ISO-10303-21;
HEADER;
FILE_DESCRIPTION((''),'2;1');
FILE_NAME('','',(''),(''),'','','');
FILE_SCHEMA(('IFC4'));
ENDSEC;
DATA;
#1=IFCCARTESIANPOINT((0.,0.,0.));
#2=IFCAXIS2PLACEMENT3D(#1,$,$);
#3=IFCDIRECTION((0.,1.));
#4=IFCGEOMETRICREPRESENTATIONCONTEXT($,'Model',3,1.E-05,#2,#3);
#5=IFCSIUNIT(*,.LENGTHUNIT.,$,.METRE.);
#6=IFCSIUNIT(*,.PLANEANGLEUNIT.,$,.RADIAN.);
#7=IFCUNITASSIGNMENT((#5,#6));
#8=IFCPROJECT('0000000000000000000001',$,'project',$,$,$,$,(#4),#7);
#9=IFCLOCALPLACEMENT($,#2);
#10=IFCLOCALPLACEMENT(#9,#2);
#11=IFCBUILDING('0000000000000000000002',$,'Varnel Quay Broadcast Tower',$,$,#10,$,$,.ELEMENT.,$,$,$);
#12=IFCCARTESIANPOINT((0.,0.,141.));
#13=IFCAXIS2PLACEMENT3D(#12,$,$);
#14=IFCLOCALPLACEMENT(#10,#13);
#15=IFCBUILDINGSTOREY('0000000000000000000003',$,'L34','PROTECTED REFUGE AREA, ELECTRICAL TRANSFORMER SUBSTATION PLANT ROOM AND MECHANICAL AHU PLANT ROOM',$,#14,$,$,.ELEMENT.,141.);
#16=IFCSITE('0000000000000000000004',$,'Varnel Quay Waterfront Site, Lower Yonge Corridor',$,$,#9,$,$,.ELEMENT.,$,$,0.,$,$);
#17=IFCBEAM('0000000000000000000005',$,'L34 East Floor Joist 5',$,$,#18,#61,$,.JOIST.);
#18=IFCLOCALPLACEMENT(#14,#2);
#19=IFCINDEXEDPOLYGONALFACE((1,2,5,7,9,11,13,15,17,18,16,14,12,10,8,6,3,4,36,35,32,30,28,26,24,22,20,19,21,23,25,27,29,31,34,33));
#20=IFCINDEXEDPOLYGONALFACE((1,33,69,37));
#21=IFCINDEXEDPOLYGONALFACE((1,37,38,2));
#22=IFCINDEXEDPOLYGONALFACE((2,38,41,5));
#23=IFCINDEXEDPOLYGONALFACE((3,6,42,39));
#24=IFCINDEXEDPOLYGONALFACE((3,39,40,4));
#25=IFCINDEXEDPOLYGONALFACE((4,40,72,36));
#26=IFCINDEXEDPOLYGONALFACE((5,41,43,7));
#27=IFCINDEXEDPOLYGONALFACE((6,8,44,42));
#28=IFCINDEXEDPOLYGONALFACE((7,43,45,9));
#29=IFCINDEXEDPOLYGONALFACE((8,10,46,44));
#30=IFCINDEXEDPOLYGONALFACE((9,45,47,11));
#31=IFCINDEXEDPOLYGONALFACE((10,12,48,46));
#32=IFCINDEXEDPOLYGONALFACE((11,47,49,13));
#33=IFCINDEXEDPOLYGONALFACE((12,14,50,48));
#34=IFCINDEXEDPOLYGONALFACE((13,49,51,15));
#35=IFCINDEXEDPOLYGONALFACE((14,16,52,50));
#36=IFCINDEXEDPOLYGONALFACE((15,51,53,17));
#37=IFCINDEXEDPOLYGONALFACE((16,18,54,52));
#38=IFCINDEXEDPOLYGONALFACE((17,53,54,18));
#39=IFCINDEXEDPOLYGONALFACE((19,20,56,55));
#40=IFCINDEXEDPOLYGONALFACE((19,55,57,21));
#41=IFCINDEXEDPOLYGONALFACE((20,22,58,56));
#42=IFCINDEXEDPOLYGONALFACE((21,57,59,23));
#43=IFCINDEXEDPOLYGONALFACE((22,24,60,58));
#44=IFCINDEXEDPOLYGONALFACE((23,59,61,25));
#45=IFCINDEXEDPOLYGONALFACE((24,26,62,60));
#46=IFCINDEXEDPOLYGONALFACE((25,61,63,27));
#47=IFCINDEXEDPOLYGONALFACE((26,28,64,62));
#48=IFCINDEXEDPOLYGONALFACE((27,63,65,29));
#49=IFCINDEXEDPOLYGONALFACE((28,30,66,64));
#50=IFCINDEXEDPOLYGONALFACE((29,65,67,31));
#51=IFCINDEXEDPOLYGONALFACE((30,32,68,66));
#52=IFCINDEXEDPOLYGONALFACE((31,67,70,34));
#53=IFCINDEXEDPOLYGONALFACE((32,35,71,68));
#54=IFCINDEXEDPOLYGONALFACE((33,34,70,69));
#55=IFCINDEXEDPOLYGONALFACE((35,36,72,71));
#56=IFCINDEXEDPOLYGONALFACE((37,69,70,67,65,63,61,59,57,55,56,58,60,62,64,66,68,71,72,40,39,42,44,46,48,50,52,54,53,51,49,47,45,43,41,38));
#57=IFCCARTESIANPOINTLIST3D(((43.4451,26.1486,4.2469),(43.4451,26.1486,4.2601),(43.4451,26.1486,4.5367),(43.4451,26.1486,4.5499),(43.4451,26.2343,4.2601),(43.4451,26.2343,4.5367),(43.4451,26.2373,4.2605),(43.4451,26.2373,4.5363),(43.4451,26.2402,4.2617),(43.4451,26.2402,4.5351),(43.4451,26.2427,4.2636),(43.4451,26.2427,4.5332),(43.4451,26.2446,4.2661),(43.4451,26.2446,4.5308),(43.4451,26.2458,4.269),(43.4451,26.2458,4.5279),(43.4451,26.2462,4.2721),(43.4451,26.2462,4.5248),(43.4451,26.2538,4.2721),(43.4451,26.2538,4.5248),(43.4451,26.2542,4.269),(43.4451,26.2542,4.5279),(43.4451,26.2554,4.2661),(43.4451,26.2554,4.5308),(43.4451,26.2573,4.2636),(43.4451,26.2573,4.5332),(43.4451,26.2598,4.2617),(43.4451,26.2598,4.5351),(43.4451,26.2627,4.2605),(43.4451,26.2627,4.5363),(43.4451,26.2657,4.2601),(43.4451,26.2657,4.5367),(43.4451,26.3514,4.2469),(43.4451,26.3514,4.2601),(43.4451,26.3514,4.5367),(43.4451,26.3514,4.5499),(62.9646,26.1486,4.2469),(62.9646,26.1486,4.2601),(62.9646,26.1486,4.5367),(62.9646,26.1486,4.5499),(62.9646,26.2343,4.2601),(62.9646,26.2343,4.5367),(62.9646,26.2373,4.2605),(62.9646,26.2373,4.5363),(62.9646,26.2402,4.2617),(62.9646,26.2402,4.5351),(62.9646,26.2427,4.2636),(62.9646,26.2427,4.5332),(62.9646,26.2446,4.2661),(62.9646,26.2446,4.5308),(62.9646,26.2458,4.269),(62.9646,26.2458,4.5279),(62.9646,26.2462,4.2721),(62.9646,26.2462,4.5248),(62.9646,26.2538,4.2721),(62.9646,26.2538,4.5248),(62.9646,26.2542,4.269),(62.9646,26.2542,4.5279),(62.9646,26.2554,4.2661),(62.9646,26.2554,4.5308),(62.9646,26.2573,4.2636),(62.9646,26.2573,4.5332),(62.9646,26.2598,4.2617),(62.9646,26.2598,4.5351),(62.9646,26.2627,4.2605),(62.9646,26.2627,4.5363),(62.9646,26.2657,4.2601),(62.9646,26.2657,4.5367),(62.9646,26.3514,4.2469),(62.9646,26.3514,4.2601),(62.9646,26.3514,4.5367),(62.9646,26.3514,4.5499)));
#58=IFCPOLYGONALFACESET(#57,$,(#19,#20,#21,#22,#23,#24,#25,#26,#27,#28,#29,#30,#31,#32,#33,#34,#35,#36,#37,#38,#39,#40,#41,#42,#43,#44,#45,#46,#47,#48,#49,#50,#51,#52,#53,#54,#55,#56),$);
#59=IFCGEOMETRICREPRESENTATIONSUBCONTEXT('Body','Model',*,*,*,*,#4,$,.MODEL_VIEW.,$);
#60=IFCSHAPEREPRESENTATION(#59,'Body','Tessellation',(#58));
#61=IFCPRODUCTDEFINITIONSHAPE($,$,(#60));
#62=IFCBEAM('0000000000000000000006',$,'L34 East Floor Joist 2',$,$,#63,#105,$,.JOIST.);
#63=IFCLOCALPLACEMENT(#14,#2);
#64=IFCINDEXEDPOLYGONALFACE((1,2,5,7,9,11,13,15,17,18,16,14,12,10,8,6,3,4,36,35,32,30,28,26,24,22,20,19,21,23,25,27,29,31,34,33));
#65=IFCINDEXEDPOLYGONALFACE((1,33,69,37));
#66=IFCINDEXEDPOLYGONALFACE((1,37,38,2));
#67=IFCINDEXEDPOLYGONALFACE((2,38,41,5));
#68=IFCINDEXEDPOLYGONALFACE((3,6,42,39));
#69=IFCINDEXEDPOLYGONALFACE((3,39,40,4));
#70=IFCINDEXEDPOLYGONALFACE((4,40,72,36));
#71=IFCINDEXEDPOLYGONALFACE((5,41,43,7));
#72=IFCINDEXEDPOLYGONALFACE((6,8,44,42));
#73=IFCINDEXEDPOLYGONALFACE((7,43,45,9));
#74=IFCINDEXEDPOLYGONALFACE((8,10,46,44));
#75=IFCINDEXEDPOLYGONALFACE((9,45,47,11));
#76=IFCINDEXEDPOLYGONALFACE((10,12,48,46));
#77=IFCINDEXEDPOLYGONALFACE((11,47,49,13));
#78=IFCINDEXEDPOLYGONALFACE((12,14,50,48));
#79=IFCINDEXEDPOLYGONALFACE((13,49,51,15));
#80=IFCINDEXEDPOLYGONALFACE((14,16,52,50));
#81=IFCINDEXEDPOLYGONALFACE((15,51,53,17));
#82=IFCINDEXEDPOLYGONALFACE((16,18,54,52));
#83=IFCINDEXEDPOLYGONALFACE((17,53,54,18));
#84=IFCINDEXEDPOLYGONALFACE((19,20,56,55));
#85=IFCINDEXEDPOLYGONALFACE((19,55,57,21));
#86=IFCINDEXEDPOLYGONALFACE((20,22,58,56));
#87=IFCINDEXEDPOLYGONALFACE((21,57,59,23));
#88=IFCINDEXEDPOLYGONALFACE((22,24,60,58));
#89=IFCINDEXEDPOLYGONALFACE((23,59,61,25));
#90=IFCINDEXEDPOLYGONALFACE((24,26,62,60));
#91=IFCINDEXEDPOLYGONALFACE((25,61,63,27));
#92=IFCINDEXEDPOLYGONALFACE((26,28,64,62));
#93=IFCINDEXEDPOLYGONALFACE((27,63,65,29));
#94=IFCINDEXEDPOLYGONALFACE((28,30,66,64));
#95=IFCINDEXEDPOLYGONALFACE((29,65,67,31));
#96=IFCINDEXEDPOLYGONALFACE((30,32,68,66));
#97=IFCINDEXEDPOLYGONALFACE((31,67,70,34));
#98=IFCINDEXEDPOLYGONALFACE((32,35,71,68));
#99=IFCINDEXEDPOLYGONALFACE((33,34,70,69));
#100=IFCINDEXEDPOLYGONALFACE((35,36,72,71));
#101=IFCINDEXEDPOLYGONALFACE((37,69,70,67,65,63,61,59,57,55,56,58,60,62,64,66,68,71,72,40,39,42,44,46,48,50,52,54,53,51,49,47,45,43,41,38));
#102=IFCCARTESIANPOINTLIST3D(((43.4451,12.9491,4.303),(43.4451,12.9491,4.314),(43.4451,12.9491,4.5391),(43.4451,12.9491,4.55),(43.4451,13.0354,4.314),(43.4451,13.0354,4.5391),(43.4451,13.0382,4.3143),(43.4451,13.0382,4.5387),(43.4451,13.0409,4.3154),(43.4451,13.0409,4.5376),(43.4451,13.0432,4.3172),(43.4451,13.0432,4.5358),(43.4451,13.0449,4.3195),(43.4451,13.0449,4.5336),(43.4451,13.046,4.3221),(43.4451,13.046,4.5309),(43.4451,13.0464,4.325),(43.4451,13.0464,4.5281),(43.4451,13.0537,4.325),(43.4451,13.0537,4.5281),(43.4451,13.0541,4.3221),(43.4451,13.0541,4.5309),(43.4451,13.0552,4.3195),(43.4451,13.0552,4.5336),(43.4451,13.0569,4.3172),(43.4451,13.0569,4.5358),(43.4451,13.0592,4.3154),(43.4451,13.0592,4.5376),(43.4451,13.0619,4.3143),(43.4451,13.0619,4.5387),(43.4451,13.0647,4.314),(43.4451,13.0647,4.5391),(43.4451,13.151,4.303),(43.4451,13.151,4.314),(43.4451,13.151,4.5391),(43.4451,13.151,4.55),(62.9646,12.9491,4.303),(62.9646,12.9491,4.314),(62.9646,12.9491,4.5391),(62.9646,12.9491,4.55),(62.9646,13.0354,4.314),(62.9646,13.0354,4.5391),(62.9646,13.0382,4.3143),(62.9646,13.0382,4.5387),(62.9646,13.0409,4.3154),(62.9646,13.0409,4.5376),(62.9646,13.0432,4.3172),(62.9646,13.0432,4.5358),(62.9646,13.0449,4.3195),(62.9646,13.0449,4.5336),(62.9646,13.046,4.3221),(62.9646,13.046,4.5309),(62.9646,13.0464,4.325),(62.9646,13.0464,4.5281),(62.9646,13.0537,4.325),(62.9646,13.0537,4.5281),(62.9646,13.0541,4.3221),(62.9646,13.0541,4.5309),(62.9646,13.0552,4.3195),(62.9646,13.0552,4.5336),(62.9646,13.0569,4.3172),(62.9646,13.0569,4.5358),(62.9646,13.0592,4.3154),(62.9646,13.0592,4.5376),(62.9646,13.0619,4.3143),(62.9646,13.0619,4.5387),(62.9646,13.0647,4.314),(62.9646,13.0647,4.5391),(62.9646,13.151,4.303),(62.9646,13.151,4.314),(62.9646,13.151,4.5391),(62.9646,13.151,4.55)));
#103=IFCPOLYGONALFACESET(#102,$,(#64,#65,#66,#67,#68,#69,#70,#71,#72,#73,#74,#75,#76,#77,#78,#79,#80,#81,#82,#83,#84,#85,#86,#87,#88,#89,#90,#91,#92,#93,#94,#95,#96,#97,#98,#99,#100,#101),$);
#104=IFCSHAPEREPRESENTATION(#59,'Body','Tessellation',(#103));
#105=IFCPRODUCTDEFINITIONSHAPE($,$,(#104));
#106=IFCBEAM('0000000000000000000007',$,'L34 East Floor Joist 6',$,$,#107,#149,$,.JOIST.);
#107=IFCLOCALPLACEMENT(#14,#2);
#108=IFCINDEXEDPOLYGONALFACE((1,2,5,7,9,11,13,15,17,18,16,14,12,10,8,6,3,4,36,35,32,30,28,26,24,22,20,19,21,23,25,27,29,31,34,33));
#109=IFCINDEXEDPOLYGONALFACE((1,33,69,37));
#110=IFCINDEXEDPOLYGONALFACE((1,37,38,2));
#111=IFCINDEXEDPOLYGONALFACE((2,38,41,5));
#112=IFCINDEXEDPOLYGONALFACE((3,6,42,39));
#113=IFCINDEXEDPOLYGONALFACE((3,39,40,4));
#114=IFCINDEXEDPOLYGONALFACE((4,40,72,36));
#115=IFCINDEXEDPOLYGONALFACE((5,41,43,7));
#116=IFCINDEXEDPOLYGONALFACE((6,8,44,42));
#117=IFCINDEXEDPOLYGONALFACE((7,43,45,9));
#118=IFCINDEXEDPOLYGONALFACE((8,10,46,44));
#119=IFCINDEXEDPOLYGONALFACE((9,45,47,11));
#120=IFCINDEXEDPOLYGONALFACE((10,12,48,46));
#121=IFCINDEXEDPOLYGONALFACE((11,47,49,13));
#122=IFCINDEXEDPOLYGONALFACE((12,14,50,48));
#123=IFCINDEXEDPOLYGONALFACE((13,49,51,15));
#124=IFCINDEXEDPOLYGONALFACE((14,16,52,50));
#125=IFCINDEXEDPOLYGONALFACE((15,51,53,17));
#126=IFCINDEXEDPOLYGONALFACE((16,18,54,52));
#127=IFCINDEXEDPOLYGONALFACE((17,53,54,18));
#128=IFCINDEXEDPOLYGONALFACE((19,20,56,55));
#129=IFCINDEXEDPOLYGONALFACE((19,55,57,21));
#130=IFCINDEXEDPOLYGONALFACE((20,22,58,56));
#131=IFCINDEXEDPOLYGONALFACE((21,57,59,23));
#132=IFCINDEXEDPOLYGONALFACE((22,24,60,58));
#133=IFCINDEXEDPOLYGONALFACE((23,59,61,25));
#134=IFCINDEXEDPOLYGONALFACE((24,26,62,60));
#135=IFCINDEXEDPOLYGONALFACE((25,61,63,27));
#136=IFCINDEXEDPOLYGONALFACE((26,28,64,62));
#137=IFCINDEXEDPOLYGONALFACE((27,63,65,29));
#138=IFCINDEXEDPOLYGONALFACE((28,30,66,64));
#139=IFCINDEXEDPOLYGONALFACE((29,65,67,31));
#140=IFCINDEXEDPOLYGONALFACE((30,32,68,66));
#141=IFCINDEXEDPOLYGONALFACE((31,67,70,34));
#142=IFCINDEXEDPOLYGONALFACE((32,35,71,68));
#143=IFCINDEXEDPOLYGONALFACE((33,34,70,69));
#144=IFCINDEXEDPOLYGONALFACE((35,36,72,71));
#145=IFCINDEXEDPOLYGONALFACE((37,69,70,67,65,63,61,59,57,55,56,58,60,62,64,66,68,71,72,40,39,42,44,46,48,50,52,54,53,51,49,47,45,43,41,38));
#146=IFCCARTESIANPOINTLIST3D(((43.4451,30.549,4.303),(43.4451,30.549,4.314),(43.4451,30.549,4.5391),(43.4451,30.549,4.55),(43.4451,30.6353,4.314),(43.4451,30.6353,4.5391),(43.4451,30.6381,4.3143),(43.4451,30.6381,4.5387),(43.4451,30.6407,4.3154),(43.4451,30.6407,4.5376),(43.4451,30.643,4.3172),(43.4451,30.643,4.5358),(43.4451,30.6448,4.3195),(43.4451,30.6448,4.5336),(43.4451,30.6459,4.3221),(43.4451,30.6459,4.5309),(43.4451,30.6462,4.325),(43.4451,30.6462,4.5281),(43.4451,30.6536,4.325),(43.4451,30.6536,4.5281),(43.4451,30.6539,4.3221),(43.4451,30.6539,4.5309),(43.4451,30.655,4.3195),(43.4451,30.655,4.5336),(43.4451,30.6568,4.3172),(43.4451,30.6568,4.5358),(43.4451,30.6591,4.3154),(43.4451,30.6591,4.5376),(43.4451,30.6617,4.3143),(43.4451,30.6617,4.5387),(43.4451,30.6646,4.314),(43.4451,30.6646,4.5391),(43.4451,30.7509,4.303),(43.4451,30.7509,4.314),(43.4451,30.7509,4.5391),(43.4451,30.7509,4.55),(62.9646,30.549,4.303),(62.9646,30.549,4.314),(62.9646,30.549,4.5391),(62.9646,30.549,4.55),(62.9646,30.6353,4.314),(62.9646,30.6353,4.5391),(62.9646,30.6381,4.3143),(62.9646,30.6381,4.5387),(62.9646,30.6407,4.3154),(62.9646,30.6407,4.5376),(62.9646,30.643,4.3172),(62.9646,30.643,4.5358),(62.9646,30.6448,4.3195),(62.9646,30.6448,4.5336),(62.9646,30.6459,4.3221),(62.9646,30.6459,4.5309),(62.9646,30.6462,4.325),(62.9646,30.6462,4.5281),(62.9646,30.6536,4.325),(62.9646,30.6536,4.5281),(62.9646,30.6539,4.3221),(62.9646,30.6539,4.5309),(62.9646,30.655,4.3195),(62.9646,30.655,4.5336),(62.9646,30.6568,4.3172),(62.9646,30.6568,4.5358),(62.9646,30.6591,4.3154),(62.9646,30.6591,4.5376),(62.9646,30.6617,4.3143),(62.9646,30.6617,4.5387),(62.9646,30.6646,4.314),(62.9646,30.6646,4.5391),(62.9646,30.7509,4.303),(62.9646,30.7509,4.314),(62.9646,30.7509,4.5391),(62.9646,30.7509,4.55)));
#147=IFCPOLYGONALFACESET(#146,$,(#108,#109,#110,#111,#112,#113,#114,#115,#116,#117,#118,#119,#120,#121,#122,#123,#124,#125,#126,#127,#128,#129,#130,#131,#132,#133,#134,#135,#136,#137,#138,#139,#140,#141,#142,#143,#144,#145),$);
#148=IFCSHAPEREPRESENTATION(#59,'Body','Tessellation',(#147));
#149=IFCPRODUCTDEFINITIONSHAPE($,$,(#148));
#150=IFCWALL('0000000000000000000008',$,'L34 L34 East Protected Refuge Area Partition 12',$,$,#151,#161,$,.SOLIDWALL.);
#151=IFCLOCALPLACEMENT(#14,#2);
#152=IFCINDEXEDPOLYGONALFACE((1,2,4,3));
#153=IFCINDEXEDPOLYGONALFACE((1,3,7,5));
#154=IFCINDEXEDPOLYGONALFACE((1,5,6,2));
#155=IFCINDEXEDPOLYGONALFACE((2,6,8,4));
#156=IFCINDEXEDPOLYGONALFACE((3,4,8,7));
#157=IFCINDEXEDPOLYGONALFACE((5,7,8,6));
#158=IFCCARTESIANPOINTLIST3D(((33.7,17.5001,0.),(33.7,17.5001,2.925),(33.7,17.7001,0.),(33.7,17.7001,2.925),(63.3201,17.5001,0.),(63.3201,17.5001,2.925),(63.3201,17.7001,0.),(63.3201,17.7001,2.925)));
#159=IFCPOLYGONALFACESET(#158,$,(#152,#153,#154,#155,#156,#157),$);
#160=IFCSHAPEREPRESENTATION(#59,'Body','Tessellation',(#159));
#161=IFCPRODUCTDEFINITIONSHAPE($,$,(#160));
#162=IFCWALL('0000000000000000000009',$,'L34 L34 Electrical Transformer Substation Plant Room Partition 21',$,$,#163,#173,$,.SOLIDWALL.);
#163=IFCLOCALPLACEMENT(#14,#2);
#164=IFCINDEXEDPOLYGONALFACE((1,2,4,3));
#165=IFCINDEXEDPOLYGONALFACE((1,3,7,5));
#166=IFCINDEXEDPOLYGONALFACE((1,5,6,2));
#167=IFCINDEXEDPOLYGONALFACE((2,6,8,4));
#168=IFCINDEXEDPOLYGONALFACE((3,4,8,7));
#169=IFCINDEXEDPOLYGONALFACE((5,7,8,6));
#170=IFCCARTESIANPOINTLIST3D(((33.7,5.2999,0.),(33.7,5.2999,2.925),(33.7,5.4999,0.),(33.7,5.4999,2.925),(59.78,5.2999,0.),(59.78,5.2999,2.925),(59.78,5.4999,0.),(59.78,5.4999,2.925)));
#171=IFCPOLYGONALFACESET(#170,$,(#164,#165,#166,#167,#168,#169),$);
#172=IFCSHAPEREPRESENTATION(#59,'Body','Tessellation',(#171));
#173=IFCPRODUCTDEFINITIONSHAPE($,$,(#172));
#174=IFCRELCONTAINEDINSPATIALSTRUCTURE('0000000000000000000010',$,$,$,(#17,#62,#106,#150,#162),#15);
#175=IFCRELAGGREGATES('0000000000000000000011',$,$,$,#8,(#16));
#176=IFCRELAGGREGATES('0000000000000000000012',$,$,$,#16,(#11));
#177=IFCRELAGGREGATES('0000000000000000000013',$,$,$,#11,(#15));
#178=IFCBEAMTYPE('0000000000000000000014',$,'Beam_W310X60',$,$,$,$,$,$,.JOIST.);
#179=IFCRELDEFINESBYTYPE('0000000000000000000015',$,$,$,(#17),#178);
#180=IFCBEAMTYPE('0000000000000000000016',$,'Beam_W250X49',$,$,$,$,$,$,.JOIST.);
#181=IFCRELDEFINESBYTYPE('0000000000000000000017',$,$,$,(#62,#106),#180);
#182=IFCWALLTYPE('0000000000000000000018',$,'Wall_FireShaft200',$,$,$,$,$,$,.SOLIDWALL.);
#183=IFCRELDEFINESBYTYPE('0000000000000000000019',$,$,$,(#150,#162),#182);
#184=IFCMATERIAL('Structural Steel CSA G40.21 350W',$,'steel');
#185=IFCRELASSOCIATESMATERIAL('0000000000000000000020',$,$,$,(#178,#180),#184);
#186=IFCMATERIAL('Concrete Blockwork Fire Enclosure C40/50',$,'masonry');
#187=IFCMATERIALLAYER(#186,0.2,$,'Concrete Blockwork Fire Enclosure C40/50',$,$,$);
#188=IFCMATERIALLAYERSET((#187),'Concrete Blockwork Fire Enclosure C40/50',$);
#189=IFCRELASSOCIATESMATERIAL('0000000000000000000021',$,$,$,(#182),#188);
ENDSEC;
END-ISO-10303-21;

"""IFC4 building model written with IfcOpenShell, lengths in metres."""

from ifc_helpers import new_model, si_unit, direction, frame, frame_2d, origin, origin_2d, place, context, subcontext, project, spatial, rectangle, i_section, extrude, source, transform, mapped, material, layer, layer_set, material_profile, profile_set, type_object, type_shapes, element, save


model = new_model("IFC4")

# Units and contexts
model_context = context("Model", 3, precision=1e-05, world=origin(), true_north=direction((0.0, 1.0)))
body_context = subcontext(model_context, "Body", "Model", "MODEL_VIEW")
ifc_project = project(units=[si_unit("LENGTHUNIT", "METRE"), si_unit("PLANEANGLEUNIT", "RADIAN")], contexts=[model_context])

# Site, building, storey
site_placement = place(None, origin())
site = spatial("IfcSite", under=ifc_project, at=site_placement, Name="Varnel Quay Waterfront Site, Lower Yonge Corridor", CompositionType="ELEMENT", RefElevation=0.0)
building_placement = place(site_placement, origin())
building = spatial("IfcBuilding", under=site, at=building_placement, Name="Varnel Quay Broadcast Tower", CompositionType="ELEMENT")
storey_placement = place(building_placement, frame((0.0, 0.0, 141.0)))
storey = spatial("IfcBuildingStorey", under=building, at=storey_placement, Name="L34", Description="PROTECTED REFUGE AREA, ELECTRICAL TRANSFORMER SUBSTATION PLANT ROOM AND MECHANICAL AHU PLANT ROOM", CompositionType="ELEMENT", Elevation=141.0)

# Beams
ifc_material_1 = material(Name="Structural Steel CSA G40.21 350W", Category="steel")
ifc_material_profile_1 = material_profile(ifc_material_1, i_section(OverallWidth=0.2029, OverallDepth=0.303, WebThickness=0.0076, FlangeThickness=0.0132, FilletRadius=0.012, at=origin_2d()), Name="W310X60")
ifc_profile_set_1 = profile_set([ifc_material_profile_1], Name="Structural Steel CSA G40.21 350W")
beam_type_1 = type_object("IfcBeamType", Name="Beam_W310X60", PredefinedType="JOIST", material=ifc_profile_set_1)
shared_shape_1 = source(origin(), body_context, "Body", "SweptSolid", [
    extrude(i_section(OverallWidth=0.2029, OverallDepth=0.303, WebThickness=0.0076, FlangeThickness=0.0132, FilletRadius=0.012, at=origin_2d()), origin(), (0.0, 0.0, 1.0), 19.5195),
])
type_shapes(beam_type_1, [shared_shape_1])
for number, where, z_axis, x_axis, name in (
    (1, (43.4451, 26.25, 4.3984), (1.0, 0.0, 0.0), (0.0, 1.0, 0.0), "L34 East Floor Joist 5"),
):
    element("IfcBeam", number, at=place(storey_placement, frame(where, z_axis=z_axis, x_axis=x_axis)), inside=storey, type_object=beam_type_1, Name=name, PredefinedType="JOIST", context=body_context, shape_type="MappedRepresentation", body=[
        mapped(shared_shape_1, transform((0.0, 0.0, 0.0), x_axis=(1.0, 0.0, 0.0), y_axis=(0.0, 1.0, 0.0), z_axis=(0.0, 0.0, 1.0), scale=1.0)),
    ])
ifc_material_profile_2 = material_profile(ifc_material_1, i_section(OverallWidth=0.2019, OverallDepth=0.2471, WebThickness=0.0073, FlangeThickness=0.011, FilletRadius=0.011, at=origin_2d()), Name="W250X49")
ifc_profile_set_2 = profile_set([ifc_material_profile_2], Name="Structural Steel CSA G40.21 350W")
beam_type_2 = type_object("IfcBeamType", Name="Beam_W250X49", PredefinedType="JOIST", material=ifc_profile_set_2)
shared_shape_2 = source(origin(), body_context, "Body", "SweptSolid", [
    extrude(i_section(OverallWidth=0.2019, OverallDepth=0.2471, WebThickness=0.0073, FlangeThickness=0.011, FilletRadius=0.011, at=origin_2d()), origin(), (0.0, 0.0, 1.0), 19.5195),
])
type_shapes(beam_type_2, [shared_shape_2])
for number, where, z_axis, x_axis, name in (
    (2, (43.4451, 13.05, 4.4265), (1.0, 0.0, 0.0), (0.0, 1.0, 0.0), "L34 East Floor Joist 2"),
    (3, (43.4451, 30.6499, 4.4265), (1.0, 0.0, 0.0), (0.0, 1.0, 0.0), "L34 East Floor Joist 6"),
):
    element("IfcBeam", number, at=place(storey_placement, frame(where, z_axis=z_axis, x_axis=x_axis)), inside=storey, type_object=beam_type_2, Name=name, PredefinedType="JOIST", context=body_context, shape_type="MappedRepresentation", body=[
        mapped(shared_shape_2, transform((0.0, 0.0, 0.0), x_axis=(1.0, 0.0, 0.0), y_axis=(0.0, 1.0, 0.0), z_axis=(0.0, 0.0, 1.0), scale=1.0)),
    ])

# Walls
ifc_material_2 = material(Name="Concrete Blockwork Fire Enclosure C40/50", Category="masonry")
ifc_layer = layer(ifc_material_2, 0.2, Name="Concrete Blockwork Fire Enclosure C40/50")
ifc_layer_set = layer_set([ifc_layer], Name="Concrete Blockwork Fire Enclosure C40/50")
wall_type = type_object("IfcWallType", Name="Wall_FireShaft200", PredefinedType="SOLIDWALL", material=ifc_layer_set)
wall_1_placement = place(storey_placement, frame((33.7, 17.6001, 0.0), z_axis=(0.0, 0.0, 1.0), x_axis=(1.0, 0.0, 0.0)))
element("IfcWall", 4, at=wall_1_placement, inside=storey, type_object=wall_type, Name="L34 L34 East Protected Refuge Area Partition 12", PredefinedType="SOLIDWALL", context=body_context, shape_type="SweptSolid", body=[
    extrude(rectangle(XDim=29.6201, YDim=0.2, at=frame_2d((14.8101, 0.0))), origin(), (0.0, 0.0, 1.0), 2.925),
])
wall_2_placement = place(storey_placement, frame((33.7, 5.3999, 0.0), z_axis=(0.0, 0.0, 1.0), x_axis=(1.0, 0.0, 0.0)))
element("IfcWall", 5, at=wall_2_placement, inside=storey, type_object=wall_type, Name="L34 L34 Electrical Transformer Substation Plant Room Partition 21", PredefinedType="SOLIDWALL", context=body_context, shape_type="SweptSolid", body=[
    extrude(rectangle(XDim=26.0801, YDim=0.2, at=frame_2d((13.04, 0.0))), origin(), (0.0, 0.0, 1.0), 2.925),
])

save(model, "model.ifc")
